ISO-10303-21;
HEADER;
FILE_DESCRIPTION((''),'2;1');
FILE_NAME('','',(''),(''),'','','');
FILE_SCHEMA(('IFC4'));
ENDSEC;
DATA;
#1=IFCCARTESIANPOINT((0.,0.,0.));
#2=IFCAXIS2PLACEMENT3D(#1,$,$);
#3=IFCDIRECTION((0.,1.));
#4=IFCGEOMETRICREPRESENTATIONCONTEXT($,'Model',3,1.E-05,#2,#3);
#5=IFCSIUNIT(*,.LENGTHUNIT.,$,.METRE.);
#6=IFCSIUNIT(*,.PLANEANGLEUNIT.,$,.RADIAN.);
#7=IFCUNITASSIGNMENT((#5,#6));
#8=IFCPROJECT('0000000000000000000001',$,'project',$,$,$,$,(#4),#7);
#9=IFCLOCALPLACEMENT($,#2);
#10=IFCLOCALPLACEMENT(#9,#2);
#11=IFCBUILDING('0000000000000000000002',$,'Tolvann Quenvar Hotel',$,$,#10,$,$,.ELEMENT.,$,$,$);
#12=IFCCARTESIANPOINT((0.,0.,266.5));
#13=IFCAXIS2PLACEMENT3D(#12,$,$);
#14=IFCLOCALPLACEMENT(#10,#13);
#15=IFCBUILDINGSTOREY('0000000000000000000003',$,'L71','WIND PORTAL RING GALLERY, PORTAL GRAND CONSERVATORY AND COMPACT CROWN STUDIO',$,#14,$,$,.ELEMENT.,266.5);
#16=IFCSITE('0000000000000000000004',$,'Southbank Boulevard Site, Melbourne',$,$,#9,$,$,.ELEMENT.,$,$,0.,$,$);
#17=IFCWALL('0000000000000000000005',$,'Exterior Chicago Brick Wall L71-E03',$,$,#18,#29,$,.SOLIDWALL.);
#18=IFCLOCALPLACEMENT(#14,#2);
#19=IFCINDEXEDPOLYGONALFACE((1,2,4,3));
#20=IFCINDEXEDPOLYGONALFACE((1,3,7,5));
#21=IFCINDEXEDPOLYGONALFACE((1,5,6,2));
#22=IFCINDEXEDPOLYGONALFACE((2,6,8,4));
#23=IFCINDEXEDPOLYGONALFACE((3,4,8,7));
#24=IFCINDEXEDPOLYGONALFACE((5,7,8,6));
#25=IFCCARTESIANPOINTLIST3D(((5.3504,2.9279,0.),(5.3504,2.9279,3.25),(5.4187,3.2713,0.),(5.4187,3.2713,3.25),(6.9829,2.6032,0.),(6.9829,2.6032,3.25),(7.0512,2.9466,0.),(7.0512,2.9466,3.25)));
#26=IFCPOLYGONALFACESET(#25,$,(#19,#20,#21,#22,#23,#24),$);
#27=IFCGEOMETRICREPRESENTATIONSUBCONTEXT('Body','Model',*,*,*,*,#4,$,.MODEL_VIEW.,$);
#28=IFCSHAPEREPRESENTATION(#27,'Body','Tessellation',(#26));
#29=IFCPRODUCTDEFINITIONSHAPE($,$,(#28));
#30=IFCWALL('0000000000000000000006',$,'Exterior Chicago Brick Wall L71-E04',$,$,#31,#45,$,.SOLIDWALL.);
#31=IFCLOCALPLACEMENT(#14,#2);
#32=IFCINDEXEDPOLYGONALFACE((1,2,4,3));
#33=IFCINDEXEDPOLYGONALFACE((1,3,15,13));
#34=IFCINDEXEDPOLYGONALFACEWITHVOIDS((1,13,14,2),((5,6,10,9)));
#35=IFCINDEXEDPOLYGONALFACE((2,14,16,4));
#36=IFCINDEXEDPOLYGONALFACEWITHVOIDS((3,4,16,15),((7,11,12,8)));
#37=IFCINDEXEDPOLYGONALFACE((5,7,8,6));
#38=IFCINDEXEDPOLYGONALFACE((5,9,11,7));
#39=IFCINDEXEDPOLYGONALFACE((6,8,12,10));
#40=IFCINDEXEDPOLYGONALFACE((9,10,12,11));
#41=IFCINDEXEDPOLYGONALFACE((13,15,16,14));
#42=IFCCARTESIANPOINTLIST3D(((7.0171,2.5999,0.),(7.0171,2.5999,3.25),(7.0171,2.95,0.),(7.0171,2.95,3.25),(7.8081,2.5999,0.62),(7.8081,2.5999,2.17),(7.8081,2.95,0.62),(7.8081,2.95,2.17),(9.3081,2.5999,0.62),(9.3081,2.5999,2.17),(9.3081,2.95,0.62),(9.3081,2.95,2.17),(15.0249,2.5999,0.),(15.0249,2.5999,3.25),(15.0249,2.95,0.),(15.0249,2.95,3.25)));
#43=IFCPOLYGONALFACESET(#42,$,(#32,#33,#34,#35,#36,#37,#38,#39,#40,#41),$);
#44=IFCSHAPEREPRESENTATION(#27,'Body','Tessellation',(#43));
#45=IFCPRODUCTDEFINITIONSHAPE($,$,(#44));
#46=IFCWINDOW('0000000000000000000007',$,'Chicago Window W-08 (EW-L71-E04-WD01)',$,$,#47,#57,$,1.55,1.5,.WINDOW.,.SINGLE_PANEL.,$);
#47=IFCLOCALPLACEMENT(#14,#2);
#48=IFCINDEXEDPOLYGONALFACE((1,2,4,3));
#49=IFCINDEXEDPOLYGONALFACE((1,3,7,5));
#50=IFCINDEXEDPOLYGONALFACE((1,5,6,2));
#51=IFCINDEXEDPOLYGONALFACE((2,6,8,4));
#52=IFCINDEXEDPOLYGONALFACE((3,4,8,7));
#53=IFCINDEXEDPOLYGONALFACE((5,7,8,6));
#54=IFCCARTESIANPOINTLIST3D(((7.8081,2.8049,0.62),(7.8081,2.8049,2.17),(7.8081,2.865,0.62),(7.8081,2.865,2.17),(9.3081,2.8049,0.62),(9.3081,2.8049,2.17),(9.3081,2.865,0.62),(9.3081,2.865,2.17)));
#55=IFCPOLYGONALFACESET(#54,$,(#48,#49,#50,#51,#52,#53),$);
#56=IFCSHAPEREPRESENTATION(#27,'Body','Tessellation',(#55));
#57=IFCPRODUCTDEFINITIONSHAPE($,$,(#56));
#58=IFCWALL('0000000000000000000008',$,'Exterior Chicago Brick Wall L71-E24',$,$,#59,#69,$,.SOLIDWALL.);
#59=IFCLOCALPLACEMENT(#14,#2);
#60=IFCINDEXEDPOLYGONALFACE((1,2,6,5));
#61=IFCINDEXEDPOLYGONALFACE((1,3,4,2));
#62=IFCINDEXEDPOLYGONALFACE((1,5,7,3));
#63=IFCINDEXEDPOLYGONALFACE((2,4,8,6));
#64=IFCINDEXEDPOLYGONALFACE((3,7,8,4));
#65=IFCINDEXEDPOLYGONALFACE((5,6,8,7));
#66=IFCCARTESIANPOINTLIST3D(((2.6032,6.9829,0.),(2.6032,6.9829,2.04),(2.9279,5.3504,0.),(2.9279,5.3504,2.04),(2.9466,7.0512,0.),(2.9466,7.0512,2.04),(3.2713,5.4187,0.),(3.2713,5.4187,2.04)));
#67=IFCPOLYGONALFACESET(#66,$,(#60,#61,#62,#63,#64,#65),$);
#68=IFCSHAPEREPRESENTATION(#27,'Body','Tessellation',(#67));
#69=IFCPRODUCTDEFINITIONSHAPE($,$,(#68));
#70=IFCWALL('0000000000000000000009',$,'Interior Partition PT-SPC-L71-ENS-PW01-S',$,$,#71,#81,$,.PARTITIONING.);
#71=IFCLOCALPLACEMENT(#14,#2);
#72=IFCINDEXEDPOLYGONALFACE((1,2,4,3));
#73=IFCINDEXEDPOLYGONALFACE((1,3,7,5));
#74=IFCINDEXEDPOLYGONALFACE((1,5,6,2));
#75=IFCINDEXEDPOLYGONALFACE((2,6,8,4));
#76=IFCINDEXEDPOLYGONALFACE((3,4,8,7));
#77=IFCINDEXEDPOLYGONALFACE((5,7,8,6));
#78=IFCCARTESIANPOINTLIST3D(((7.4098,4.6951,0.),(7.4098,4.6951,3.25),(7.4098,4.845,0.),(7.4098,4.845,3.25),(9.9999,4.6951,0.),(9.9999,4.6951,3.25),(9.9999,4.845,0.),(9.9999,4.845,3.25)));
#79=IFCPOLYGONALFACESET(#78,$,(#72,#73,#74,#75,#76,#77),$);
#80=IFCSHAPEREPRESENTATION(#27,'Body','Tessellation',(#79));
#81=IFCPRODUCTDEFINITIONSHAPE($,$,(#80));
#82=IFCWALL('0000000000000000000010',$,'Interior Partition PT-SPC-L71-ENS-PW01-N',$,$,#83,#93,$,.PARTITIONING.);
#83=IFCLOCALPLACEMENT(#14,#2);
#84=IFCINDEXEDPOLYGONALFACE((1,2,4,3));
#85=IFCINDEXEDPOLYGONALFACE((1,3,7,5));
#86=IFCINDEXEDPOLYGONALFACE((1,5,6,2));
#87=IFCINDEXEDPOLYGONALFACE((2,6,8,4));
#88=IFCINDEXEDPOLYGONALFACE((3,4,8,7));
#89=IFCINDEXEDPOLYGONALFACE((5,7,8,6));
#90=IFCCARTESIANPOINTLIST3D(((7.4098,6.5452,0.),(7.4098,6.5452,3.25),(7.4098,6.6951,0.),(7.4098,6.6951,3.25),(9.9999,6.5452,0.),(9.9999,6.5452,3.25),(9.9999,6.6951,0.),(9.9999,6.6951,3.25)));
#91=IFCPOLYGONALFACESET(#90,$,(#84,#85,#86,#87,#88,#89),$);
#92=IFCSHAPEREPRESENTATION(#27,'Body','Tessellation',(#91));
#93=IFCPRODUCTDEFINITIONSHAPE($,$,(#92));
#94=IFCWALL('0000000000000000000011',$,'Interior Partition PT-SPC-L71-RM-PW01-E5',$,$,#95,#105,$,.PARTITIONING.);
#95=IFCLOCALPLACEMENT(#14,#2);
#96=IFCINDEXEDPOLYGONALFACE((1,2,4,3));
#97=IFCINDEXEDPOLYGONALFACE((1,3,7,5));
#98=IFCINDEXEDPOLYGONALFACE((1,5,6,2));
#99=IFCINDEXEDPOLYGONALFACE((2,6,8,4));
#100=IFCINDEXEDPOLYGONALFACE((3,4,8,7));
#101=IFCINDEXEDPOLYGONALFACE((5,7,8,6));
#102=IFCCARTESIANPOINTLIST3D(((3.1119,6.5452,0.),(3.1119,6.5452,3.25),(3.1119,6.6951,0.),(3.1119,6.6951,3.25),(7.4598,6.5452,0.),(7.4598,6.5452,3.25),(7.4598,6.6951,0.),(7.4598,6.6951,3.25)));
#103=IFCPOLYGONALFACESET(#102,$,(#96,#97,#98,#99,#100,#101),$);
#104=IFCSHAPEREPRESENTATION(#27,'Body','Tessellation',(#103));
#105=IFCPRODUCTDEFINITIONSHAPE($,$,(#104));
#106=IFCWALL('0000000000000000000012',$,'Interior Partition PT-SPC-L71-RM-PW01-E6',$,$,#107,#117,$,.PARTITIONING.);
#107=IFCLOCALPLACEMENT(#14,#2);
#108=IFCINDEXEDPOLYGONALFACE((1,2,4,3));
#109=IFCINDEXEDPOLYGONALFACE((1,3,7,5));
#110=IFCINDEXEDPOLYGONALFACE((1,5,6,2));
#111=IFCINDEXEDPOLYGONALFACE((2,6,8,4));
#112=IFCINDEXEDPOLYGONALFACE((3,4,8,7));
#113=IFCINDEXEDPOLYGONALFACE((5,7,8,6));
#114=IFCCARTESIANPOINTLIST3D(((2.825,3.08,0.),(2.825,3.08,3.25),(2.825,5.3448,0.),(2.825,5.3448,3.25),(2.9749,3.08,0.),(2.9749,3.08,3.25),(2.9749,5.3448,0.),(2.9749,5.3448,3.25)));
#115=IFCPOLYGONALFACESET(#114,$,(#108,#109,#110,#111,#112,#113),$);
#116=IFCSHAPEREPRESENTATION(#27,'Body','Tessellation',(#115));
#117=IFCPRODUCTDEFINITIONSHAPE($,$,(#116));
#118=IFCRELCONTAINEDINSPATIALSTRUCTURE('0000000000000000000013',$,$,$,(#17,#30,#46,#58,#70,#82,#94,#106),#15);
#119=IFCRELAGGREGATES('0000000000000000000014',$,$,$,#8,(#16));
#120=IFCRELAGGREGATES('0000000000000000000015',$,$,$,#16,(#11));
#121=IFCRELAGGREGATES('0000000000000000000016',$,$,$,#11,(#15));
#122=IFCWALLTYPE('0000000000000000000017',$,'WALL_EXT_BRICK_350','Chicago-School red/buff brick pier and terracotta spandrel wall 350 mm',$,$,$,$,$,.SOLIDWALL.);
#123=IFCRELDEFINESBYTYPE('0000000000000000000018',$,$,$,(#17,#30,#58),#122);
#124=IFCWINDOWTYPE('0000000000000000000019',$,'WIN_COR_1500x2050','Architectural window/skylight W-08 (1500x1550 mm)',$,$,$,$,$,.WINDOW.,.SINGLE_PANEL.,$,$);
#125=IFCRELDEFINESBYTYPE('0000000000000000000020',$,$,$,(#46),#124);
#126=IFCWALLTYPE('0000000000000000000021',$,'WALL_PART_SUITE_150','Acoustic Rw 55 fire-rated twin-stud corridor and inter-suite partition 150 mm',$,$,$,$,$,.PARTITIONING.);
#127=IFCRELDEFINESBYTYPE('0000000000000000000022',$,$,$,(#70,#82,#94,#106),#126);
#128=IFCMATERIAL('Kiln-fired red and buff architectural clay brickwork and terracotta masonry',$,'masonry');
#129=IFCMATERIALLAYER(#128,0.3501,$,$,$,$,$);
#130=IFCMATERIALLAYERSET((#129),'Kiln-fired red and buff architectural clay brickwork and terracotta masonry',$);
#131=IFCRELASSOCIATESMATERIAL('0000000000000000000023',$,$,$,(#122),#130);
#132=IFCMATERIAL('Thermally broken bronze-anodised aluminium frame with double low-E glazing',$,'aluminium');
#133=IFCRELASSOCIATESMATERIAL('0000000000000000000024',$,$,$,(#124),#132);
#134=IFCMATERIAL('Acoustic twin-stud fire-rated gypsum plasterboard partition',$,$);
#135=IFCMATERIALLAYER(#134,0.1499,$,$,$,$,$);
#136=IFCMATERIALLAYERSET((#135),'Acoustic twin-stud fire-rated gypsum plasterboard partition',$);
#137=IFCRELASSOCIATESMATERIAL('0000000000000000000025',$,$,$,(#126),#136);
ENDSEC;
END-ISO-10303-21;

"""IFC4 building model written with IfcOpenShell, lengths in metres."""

from ifc_helpers import new_model, si_unit, direction, frame, frame_2d, origin, place, context, subcontext, project, spatial, rectangle, extrude, source, transform, mapped, material, layer, layer_set, type_object, type_shapes, element, fill, save


model = new_model("IFC4")

# Units and contexts
model_context = context("Model", 3, precision=1e-05, world=origin(), true_north=direction((0.0, 1.0)))
body_context = subcontext(model_context, "Body", "Model", "MODEL_VIEW")
ifc_project = project(units=[si_unit("LENGTHUNIT", "METRE"), si_unit("PLANEANGLEUNIT", "RADIAN")], contexts=[model_context])

# Site, building, storey
site_placement = place(None, origin())
site = spatial("IfcSite", under=ifc_project, at=site_placement, Name="Southbank Boulevard Site, Melbourne", CompositionType="ELEMENT", RefElevation=0.0)
building_placement = place(site_placement, origin())
building = spatial("IfcBuilding", under=site, at=building_placement, Name="Tolvann Quenvar Hotel", CompositionType="ELEMENT")
storey_placement = place(building_placement, frame((0.0, 0.0, 266.5)))
storey = spatial("IfcBuildingStorey", under=building, at=storey_placement, Name="L71", Description="WIND PORTAL RING GALLERY, PORTAL GRAND CONSERVATORY AND COMPACT CROWN STUDIO", CompositionType="ELEMENT", Elevation=266.5)

# Wall
ifc_material_1 = material(Name="Kiln-fired red and buff architectural clay brickwork and terracotta masonry", Category="masonry")
ifc_layer_1 = layer(ifc_material_1, 0.3501)
ifc_layer_set_1 = layer_set([ifc_layer_1], Name="Kiln-fired red and buff architectural clay brickwork and terracotta masonry")
wall_type_1 = type_object("IfcWallType", Name="WALL_EXT_BRICK_350", Description="Chicago-School red/buff brick pier and terracotta spandrel wall 350 mm", PredefinedType="SOLIDWALL", material=ifc_layer_set_1)
wall_1_placement = place(storey_placement, frame((5.3845, 3.0996, 0.0), z_axis=(0.0, 0.0, 1.0), x_axis=(0.980789, -0.195072, 0.0)))
element("IfcWall", 1, at=wall_1_placement, inside=storey, type_object=wall_type_1, Name="Exterior Chicago Brick Wall L71-E03", PredefinedType="SOLIDWALL", context=body_context, shape_type="SweptSolid", body=[
    extrude(rectangle(XDim=1.6646, YDim=0.3501, at=frame_2d((0.8323, 0.0))), origin(), (0.0, 0.0, 1.0), 3.25),
])

# Wall, opening, window
wall_2_placement = place(storey_placement, frame((7.0171, 2.7749, 0.0), z_axis=(0.0, 0.0, 1.0), x_axis=(1.0, 0.0, 0.0)))
wall_2 = element("IfcWall", 2, at=wall_2_placement, inside=storey, type_object=wall_type_1, Name="Exterior Chicago Brick Wall L71-E04", PredefinedType="SOLIDWALL", context=body_context, shape_type="SweptSolid", body=[
    extrude(rectangle(XDim=8.0078, YDim=0.3501, at=frame_2d((4.0039, 0.0))), origin(), (0.0, 0.0, 1.0), 3.25),
])
opening_placement = place(wall_2_placement, frame((0.791, 0.0, 0.6201)))
opening = element("IfcOpeningElement", 3, at=opening_placement, cuts=wall_2, PredefinedType="OPENING", context=body_context, shape_type="SweptSolid", body=[
    extrude(rectangle(XDim=1.5, YDim=1.55, at=frame_2d((0.75, 0.7749))), frame((0.0, 0.1851, 0.0), z_axis=(0.0, -1.0, 0.0), x_axis=(1.0, 0.0, 0.0)), (0.0, 0.0, 1.0), 0.3701),
])
ifc_material_2 = material(Name="Thermally broken bronze-anodised aluminium frame with double low-E glazing", Category="aluminium")
window_type = type_object("IfcWindowType", Name="WIN_COR_1500x2050", Description="Architectural window/skylight W-08 (1500x1550 mm)", PartitioningType="SINGLE_PANEL", PredefinedType="WINDOW", material=ifc_material_2)
shared_shape_1 = source(origin(), body_context, "Body", "SweptSolid", [
    extrude(rectangle(XDim=1.5, YDim=1.55, at=frame_2d((0.75, 0.7749))), frame((0.0, 0.0901, 0.0), z_axis=(0.0, -1.0, 0.0), x_axis=(1.0, 0.0, 0.0)), (0.0, 0.0, 1.0), 0.0601),
])
type_shapes(window_type, [shared_shape_1])
window_placement = place(opening_placement, origin())
window = element("IfcWindow", 4, at=window_placement, inside=storey, type_object=window_type, Name="Chicago Window W-08 (EW-L71-E04-WD01)", OverallHeight=1.55, OverallWidth=1.5, PartitioningType="SINGLE_PANEL", PredefinedType="WINDOW", context=body_context, shape_type="MappedRepresentation", body=[
    mapped(shared_shape_1, transform((0.0, 0.0, 0.0), x_axis=(1.0, 0.0, 0.0), y_axis=(0.0, 1.0, 0.0), z_axis=(0.0, 0.0, 1.0), scale=1.0)),
])
fill(opening, window)

# Walls
wall_3_placement = place(storey_placement, frame((2.7749, 7.0171, 0.0), z_axis=(0.0, 0.0, 1.0), x_axis=(0.195072, -0.980789, 0.0)))
element("IfcWall", 5, at=wall_3_placement, inside=storey, type_object=wall_type_1, Name="Exterior Chicago Brick Wall L71-E24", PredefinedType="SOLIDWALL", context=body_context, shape_type="SweptSolid", body=[
    extrude(rectangle(XDim=1.6646, YDim=0.3501, at=frame_2d((0.8323, 0.0))), origin(), (0.0, 0.0, 1.0), 2.04),
])
ifc_material_3 = material(Name="Acoustic twin-stud fire-rated gypsum plasterboard partition")
ifc_layer_2 = layer(ifc_material_3, 0.1499)
ifc_layer_set_2 = layer_set([ifc_layer_2], Name="Acoustic twin-stud fire-rated gypsum plasterboard partition")
wall_type_2 = type_object("IfcWallType", Name="WALL_PART_SUITE_150", Description="Acoustic Rw 55 fire-rated twin-stud corridor and inter-suite partition 150 mm", PredefinedType="PARTITIONING", material=ifc_layer_set_2)
for number, where, z_axis, x_axis, name in (
    (6, (7.4099, 4.77, 0.0), (0.0, 0.0, 1.0), (1.0, 0.0, 0.0), "Interior Partition PT-SPC-L71-ENS-PW01-S"),
    (7, (7.4099, 6.6201, 0.0), (0.0, 0.0, 1.0), (1.0, 0.0, 0.0), "Interior Partition PT-SPC-L71-ENS-PW01-N"),
):
    element("IfcWall", number, at=place(storey_placement, frame(where, z_axis=z_axis, x_axis=x_axis)), inside=storey, type_object=wall_type_2, Name=name, PredefinedType="PARTITIONING", context=body_context, shape_type="SweptSolid", body=[
        extrude(rectangle(XDim=2.5901, YDim=0.1499, at=frame_2d((1.2949, 0.0))), origin(), (0.0, 0.0, 1.0), 3.25),
    ])
wall_4_placement = place(storey_placement, frame((3.1121, 6.6201, 0.0), z_axis=(0.0, 0.0, 1.0), x_axis=(1.0, 0.0, 0.0)))
element("IfcWall", 8, at=wall_4_placement, inside=storey, type_object=wall_type_2, Name="Interior Partition PT-SPC-L71-RM-PW01-E5", PredefinedType="PARTITIONING", context=body_context, shape_type="SweptSolid", body=[
    extrude(rectangle(XDim=4.3479, YDim=0.1499, at=frame_2d((2.1738, 0.0))), origin(), (0.0, 0.0, 1.0), 3.25),
])
wall_5_placement = place(storey_placement, frame((2.8999, 3.0801, 0.0), z_axis=(0.0, 0.0, 1.0), x_axis=(0.0, 1.0, 0.0)))
element("IfcWall", 9, at=wall_5_placement, inside=storey, type_object=wall_type_2, Name="Interior Partition PT-SPC-L71-RM-PW01-E6", PredefinedType="PARTITIONING", context=body_context, shape_type="SweptSolid", body=[
    extrude(rectangle(XDim=2.2649, YDim=0.1499, at=frame_2d((1.1323, 0.0))), origin(), (0.0, 0.0, 1.0), 3.25),
])

save(model, "model.ifc")
